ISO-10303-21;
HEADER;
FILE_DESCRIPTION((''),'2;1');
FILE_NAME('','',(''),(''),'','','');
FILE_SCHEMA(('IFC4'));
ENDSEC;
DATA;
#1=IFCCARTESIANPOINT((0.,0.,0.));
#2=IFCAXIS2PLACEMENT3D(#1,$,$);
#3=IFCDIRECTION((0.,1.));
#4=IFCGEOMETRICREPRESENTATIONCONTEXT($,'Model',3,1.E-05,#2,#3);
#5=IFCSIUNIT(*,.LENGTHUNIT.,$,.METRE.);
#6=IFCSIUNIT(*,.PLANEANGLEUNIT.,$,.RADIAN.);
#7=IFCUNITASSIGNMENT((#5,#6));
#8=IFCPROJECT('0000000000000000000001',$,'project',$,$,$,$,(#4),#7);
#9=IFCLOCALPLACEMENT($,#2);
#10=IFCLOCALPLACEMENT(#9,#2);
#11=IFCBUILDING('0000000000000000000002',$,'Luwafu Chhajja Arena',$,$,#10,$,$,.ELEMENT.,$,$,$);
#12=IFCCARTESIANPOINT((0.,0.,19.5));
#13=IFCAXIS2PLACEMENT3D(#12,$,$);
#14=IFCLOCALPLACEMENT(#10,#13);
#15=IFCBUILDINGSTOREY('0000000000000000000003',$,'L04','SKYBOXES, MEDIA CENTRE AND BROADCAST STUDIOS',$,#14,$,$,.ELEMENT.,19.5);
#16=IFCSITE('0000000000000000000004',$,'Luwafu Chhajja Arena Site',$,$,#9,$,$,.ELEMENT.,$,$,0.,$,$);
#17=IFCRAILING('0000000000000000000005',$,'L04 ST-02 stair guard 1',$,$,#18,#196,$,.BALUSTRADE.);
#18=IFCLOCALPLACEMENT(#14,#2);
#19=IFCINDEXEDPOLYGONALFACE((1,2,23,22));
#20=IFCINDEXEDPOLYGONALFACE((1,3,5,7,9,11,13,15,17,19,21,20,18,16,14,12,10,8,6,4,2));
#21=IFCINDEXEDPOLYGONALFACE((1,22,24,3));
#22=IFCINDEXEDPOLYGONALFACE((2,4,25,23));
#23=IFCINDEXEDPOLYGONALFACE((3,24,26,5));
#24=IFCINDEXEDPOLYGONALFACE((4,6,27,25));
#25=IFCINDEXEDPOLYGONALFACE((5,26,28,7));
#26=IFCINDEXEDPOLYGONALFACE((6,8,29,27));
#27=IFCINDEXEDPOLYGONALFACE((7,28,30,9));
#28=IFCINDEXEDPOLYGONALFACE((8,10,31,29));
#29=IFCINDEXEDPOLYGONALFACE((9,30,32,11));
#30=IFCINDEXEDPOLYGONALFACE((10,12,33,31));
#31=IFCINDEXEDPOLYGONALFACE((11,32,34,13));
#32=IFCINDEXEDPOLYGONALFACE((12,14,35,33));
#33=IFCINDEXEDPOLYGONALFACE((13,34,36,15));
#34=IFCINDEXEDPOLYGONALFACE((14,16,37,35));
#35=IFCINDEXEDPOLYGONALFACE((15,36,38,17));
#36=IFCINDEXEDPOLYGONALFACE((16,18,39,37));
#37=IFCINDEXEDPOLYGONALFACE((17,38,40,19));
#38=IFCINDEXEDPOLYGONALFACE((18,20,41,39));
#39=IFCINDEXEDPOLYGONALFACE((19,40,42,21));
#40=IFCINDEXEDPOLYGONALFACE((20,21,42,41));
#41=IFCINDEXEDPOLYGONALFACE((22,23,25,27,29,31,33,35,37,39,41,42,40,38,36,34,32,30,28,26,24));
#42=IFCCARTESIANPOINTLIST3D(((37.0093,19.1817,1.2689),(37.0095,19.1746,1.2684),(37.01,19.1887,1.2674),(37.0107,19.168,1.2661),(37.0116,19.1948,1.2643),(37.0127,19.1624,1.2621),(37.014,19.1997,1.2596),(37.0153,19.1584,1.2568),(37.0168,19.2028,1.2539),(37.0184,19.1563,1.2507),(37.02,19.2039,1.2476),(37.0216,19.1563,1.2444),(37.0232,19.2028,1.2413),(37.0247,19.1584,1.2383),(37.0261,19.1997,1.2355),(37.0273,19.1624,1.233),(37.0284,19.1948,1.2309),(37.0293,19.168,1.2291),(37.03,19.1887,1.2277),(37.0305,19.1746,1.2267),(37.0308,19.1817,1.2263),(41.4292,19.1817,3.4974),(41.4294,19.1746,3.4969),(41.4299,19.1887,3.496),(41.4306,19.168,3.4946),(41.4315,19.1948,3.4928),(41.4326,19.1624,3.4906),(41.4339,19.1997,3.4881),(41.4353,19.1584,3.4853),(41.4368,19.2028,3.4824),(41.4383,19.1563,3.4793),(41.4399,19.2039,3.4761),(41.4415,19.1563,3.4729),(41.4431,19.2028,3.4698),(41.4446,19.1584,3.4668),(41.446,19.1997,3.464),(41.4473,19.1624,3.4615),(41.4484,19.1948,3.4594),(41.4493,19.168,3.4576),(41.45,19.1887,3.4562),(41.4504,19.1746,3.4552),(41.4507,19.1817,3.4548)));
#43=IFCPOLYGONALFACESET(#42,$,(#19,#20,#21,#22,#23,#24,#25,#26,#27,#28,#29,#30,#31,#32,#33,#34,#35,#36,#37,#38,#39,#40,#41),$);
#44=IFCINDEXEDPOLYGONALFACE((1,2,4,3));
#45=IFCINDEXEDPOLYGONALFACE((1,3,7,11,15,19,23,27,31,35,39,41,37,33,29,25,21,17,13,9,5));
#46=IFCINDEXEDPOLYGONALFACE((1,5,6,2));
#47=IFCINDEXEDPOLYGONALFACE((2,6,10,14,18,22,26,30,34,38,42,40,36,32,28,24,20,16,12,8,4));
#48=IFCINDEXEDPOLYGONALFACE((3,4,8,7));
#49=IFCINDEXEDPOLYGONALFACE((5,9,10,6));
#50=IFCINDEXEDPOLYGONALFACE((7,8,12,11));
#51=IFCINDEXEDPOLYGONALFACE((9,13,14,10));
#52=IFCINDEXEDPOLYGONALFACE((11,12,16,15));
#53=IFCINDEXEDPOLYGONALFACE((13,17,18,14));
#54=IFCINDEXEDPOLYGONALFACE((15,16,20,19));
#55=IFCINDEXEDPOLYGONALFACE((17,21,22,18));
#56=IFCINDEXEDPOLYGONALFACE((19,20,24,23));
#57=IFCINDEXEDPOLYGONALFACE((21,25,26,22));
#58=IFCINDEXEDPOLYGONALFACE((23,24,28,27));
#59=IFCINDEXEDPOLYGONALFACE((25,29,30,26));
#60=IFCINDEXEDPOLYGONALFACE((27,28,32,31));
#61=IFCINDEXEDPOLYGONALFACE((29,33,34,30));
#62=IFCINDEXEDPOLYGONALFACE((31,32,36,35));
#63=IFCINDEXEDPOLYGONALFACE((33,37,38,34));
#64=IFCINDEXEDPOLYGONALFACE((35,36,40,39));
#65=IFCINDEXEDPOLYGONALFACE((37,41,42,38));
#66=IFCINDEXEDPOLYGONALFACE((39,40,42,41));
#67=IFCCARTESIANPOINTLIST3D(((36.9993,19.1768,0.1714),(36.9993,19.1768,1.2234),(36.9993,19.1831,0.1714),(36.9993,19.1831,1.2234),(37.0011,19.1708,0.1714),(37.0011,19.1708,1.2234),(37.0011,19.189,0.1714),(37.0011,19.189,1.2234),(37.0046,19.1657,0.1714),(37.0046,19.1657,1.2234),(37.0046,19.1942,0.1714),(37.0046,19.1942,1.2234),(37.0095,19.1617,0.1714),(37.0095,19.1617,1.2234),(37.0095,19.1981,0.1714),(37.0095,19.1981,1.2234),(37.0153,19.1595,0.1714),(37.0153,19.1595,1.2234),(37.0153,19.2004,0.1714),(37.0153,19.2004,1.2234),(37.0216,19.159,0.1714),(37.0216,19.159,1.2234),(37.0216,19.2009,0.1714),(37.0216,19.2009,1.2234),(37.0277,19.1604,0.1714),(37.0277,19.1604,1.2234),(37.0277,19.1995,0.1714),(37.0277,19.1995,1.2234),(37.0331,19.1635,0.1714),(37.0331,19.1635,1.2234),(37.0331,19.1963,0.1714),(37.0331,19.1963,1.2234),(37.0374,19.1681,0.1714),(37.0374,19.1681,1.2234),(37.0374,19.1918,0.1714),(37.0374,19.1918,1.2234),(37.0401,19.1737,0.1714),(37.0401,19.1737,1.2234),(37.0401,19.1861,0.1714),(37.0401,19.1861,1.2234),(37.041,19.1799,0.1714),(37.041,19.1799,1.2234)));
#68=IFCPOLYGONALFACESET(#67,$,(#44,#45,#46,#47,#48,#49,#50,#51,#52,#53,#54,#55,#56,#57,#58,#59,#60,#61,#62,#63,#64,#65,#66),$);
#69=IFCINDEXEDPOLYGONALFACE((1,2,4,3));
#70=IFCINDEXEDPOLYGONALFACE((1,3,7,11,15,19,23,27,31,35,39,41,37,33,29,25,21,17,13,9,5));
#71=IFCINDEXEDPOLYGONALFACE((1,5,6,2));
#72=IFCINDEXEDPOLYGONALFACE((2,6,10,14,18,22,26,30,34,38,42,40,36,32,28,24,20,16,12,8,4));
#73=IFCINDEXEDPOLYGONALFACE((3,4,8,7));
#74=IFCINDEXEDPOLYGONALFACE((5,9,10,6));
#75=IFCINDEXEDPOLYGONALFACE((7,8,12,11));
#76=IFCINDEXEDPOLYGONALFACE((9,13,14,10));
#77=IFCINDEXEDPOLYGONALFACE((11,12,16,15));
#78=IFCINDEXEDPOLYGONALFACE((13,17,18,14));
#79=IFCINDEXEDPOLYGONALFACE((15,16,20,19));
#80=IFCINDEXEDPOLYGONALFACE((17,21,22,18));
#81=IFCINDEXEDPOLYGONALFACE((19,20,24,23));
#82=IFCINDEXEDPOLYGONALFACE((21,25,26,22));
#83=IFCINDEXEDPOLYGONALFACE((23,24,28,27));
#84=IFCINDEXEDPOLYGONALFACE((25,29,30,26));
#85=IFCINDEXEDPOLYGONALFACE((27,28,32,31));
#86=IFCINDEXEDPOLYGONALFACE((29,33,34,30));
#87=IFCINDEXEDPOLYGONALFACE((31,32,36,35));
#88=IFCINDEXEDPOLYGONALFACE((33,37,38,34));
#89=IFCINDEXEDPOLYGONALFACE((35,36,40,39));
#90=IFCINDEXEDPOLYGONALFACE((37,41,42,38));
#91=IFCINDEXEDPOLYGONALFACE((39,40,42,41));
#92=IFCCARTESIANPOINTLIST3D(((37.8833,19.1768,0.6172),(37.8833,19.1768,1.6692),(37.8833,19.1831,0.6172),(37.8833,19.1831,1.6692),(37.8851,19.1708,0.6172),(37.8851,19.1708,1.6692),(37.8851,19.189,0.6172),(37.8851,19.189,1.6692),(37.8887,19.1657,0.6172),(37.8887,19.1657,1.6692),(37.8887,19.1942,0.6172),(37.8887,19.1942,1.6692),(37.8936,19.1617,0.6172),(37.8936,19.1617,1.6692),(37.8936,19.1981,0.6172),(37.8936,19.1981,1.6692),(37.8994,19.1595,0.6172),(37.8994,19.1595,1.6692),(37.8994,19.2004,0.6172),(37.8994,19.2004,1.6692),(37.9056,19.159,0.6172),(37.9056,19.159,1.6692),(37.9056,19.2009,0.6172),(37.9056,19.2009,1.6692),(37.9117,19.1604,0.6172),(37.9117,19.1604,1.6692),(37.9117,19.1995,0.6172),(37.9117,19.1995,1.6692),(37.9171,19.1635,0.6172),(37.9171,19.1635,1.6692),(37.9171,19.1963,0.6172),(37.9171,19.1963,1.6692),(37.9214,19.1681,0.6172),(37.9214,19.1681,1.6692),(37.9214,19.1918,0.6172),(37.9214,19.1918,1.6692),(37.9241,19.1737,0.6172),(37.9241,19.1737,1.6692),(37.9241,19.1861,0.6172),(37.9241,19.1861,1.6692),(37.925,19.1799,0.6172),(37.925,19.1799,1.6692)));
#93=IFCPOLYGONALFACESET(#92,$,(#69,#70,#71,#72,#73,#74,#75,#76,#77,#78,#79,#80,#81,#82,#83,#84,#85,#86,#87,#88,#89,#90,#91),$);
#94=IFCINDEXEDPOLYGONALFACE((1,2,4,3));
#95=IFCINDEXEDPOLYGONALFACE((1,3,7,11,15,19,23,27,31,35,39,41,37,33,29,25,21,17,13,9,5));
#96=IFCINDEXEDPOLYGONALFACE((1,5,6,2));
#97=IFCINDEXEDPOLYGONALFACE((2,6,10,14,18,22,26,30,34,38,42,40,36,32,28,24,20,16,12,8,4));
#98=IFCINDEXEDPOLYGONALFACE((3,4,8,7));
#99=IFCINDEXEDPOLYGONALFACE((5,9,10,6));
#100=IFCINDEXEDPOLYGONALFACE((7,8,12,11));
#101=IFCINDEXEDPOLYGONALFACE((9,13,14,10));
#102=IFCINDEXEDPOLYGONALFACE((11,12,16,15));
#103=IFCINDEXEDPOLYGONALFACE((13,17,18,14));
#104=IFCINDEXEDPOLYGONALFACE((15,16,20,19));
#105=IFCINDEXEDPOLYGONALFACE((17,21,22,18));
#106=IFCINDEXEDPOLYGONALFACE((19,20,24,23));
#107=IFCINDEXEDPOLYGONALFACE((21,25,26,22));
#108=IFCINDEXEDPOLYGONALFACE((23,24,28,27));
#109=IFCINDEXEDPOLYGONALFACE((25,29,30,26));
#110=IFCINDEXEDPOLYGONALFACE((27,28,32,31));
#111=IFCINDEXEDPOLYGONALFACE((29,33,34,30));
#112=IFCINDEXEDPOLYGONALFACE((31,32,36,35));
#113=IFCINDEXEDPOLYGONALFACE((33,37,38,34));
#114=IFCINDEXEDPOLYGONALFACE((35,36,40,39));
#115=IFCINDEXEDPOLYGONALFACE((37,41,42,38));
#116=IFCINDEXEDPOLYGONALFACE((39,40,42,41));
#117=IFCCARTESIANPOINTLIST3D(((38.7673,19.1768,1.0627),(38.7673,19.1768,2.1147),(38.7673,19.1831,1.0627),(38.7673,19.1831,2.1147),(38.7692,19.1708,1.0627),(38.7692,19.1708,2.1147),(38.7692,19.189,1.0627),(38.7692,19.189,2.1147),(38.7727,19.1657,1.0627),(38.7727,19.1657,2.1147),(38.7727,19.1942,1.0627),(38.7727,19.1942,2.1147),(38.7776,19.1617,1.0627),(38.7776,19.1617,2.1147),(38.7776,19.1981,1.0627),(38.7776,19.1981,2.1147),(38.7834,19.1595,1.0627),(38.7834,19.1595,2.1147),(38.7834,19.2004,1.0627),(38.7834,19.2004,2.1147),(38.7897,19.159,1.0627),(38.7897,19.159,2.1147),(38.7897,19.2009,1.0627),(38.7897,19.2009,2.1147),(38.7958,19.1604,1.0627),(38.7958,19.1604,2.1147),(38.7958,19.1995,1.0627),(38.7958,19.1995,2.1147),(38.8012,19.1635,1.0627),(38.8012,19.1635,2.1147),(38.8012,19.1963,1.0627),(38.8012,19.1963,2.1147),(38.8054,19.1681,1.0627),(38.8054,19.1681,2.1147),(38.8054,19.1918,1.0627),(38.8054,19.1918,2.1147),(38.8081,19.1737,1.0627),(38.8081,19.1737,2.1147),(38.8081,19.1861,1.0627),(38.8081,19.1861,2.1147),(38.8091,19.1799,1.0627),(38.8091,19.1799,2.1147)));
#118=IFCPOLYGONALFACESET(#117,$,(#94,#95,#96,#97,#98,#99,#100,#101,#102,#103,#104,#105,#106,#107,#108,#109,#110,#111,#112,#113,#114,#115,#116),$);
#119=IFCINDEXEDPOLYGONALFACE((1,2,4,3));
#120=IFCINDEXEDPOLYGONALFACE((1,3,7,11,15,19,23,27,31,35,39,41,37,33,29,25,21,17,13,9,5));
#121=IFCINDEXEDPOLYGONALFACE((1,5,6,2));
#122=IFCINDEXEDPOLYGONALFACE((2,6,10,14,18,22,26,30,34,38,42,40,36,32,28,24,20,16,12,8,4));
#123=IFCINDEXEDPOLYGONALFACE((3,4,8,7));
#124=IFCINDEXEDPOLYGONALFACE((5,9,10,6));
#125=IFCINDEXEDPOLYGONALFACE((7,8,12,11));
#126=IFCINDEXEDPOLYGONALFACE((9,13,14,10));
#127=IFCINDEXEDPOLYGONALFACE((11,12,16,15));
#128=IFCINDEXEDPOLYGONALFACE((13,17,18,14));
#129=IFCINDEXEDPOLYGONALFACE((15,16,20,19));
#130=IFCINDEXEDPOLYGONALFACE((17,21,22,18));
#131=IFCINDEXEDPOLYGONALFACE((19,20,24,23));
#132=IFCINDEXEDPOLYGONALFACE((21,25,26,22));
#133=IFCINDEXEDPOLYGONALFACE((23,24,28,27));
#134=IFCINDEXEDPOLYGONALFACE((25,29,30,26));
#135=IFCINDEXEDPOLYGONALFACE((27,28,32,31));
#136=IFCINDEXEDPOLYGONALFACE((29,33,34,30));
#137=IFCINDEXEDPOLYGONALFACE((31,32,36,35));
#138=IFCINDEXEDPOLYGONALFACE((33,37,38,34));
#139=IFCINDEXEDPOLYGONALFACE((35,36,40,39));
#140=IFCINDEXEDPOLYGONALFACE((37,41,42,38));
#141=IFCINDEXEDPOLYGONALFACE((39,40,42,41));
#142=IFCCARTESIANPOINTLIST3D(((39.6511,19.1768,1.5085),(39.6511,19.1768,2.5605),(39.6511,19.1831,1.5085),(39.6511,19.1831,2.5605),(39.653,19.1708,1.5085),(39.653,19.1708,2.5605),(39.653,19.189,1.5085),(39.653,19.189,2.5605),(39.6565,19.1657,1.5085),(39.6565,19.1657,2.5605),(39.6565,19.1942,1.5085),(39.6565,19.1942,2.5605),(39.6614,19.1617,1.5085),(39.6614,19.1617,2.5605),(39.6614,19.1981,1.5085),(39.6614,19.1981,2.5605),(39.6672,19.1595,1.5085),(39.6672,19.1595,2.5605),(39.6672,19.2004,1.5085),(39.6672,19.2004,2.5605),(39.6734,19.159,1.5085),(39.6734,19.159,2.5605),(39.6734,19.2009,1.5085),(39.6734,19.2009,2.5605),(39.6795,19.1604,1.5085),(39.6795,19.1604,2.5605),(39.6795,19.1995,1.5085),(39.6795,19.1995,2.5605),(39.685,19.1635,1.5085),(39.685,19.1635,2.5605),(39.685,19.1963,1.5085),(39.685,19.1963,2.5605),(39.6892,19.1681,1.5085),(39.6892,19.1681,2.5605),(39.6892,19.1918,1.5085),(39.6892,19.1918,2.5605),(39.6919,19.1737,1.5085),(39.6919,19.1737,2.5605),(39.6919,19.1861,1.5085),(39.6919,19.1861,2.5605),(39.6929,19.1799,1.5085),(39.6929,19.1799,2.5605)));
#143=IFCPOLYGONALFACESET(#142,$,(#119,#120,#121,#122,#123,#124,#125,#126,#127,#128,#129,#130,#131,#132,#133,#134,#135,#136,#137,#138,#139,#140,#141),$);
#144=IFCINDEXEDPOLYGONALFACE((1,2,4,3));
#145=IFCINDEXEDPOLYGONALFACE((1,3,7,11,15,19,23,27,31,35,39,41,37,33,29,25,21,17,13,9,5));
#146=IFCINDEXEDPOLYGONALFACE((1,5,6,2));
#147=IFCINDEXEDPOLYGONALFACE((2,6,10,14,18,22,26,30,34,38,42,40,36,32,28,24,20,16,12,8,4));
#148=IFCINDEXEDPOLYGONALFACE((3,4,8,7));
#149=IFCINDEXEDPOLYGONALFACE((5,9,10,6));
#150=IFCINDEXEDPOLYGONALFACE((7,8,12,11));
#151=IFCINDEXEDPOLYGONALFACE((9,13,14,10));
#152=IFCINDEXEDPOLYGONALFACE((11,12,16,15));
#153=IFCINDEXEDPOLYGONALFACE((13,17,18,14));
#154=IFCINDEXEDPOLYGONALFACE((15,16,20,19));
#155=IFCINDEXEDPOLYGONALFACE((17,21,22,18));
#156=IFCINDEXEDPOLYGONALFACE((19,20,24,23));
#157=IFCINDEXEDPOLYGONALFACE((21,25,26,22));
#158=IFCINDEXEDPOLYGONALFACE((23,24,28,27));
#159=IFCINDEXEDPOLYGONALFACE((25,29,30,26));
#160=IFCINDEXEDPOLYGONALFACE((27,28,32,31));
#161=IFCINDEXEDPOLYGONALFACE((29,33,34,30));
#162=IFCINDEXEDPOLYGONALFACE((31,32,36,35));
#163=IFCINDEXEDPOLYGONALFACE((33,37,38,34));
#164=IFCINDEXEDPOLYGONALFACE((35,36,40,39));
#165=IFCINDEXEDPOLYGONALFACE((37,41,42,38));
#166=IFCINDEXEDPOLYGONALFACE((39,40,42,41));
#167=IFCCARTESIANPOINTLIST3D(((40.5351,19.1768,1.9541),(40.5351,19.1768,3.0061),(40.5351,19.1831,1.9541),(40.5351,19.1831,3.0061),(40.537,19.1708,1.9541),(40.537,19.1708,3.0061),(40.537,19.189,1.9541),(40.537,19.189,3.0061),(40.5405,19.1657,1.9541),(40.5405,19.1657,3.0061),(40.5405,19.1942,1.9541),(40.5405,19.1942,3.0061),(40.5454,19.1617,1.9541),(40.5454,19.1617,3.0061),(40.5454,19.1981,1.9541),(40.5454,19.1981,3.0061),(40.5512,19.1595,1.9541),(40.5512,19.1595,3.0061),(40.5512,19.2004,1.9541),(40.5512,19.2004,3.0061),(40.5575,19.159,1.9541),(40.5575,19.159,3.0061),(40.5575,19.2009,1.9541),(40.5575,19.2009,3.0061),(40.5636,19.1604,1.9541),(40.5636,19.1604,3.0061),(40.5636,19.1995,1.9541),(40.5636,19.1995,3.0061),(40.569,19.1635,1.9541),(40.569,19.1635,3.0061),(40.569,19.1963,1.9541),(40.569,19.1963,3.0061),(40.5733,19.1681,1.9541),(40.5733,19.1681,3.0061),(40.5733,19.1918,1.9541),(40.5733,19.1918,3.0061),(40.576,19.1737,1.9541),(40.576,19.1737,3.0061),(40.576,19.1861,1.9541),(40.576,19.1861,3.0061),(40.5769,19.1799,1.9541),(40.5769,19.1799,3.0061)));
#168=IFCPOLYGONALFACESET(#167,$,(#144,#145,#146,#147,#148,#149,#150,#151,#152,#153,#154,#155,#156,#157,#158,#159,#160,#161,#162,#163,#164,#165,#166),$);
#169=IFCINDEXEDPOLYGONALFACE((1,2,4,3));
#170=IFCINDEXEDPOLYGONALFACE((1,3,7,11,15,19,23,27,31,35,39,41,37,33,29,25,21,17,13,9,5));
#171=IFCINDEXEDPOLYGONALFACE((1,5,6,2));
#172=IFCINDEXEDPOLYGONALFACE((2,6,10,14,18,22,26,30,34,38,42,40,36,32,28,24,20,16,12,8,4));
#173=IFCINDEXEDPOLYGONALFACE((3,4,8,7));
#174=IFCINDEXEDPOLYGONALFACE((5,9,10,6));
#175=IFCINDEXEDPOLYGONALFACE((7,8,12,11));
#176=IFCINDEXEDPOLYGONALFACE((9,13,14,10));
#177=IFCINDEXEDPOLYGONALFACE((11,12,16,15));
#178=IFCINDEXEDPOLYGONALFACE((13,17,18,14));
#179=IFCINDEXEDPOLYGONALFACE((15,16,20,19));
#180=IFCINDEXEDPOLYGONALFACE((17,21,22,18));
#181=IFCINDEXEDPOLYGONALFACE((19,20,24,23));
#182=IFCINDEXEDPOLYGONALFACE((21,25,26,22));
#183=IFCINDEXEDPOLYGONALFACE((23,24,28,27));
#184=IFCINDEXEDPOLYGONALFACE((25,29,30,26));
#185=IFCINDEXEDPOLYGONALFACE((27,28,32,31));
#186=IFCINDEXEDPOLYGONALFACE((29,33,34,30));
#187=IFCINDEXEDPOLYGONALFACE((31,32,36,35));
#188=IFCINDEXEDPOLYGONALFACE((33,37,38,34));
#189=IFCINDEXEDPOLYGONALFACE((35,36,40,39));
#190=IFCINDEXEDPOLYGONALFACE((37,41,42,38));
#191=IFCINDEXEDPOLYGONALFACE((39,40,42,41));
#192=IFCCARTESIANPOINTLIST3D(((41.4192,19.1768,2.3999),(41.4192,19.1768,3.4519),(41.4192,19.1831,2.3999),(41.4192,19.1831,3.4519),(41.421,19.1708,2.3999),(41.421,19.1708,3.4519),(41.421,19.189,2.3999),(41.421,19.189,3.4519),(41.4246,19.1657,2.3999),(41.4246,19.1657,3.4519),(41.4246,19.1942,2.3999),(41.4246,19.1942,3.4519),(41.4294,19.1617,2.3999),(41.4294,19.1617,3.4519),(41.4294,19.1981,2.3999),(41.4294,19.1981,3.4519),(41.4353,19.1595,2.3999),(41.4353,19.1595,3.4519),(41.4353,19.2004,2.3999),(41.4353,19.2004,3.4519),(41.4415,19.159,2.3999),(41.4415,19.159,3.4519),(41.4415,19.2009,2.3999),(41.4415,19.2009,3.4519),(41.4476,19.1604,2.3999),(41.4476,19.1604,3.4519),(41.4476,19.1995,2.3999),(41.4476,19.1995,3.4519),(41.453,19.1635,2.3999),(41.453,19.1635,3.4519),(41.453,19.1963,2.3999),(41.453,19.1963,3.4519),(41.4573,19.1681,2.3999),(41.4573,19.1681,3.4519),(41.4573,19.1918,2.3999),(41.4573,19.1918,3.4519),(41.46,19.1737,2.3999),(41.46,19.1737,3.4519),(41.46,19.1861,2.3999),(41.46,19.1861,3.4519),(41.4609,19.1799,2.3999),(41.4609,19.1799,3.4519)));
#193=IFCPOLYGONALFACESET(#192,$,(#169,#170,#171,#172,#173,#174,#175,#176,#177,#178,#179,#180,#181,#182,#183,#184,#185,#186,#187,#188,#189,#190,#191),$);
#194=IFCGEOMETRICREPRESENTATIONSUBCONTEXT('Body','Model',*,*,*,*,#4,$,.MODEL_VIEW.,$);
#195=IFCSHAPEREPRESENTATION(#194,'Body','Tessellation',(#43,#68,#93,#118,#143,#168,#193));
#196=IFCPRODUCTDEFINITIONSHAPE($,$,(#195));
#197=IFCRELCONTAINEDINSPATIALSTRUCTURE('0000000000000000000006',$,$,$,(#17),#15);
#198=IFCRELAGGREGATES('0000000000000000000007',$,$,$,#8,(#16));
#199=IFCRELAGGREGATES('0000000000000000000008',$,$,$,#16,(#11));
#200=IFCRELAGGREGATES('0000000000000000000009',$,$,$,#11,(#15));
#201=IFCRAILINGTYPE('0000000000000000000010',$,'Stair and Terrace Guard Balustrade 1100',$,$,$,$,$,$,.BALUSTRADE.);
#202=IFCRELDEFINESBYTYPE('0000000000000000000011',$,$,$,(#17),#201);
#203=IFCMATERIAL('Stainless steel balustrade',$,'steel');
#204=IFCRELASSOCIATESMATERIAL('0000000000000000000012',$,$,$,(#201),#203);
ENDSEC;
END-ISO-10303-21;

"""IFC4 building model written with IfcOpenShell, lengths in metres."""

from ifc_helpers import new_model, si_unit, direction, frame, origin, origin_2d, place, context, subcontext, project, spatial, circle, extrude, material, type_object, element, save


model = new_model("IFC4")

# Units and contexts
model_context = context("Model", 3, precision=1e-05, world=origin(), true_north=direction((0.0, 1.0)))
body_context = subcontext(model_context, "Body", "Model", "MODEL_VIEW")
ifc_project = project(units=[si_unit("LENGTHUNIT", "METRE"), si_unit("PLANEANGLEUNIT", "RADIAN")], contexts=[model_context])

# Site, building, storey
site_placement = place(None, origin())
site = spatial("IfcSite", under=ifc_project, at=site_placement, Name="Luwafu Chhajja Arena Site", CompositionType="ELEMENT", RefElevation=0.0)
building_placement = place(site_placement, origin())
building = spatial("IfcBuilding", under=site, at=building_placement, Name="Luwafu Chhajja Arena", CompositionType="ELEMENT")
storey_placement = place(building_placement, frame((0.0, 0.0, 19.5)))
storey = spatial("IfcBuildingStorey", under=building, at=storey_placement, Name="L04", Description="SKYBOXES, MEDIA CENTRE AND BROADCAST STUDIOS", CompositionType="ELEMENT", Elevation=19.5)

# Railing
ifc_material_1 = material(Name="Stainless steel balustrade", Category="steel")
railing_type_1 = type_object("IfcRailingType", Name="Stair and Terrace Guard Balustrade 1100", PredefinedType="BALUSTRADE", material=ifc_material_1)
railing_1_placement = place(storey_placement, frame((37.02, 19.1799, 0.1714)))
element("IfcRailing", 1, at=railing_1_placement, inside=storey, type_object=railing_type_1, Name="L04 ST-02 stair guard 1", PredefinedType="BALUSTRADE", context=body_context, shape_type="SweptSolid", body=[
    extrude(circle(Radius=0.0239, at=origin_2d()), frame((0.0, 0.0, 1.0762), z_axis=(0.892923, 0.0, 0.45021), x_axis=(0.0, 1.0, 0.0)), (0.0, 0.0, 1.0), 4.95),
    extrude(circle(Radius=0.021, at=origin_2d()), origin(), (0.0, 0.0, 1.0), 1.052),
    extrude(circle(Radius=0.021, at=origin_2d()), frame((0.884, 0.0, 0.4458)), (0.0, 0.0, 1.0), 1.052),
    extrude(circle(Radius=0.021, at=origin_2d()), frame((1.7681, 0.0, 0.8914)), (0.0, 0.0, 1.0), 1.052),
    extrude(circle(Radius=0.021, at=origin_2d()), frame((2.6519, 0.0, 1.3372)), (0.0, 0.0, 1.0), 1.052),
    extrude(circle(Radius=0.021, at=origin_2d()), frame((3.5359, 0.0, 1.7827)), (0.0, 0.0, 1.0), 1.052),
    extrude(circle(Radius=0.021, at=origin_2d()), frame((4.4199, 0.0, 2.2285)), (0.0, 0.0, 1.0), 1.052),
])

save(model, "model.ifc")
